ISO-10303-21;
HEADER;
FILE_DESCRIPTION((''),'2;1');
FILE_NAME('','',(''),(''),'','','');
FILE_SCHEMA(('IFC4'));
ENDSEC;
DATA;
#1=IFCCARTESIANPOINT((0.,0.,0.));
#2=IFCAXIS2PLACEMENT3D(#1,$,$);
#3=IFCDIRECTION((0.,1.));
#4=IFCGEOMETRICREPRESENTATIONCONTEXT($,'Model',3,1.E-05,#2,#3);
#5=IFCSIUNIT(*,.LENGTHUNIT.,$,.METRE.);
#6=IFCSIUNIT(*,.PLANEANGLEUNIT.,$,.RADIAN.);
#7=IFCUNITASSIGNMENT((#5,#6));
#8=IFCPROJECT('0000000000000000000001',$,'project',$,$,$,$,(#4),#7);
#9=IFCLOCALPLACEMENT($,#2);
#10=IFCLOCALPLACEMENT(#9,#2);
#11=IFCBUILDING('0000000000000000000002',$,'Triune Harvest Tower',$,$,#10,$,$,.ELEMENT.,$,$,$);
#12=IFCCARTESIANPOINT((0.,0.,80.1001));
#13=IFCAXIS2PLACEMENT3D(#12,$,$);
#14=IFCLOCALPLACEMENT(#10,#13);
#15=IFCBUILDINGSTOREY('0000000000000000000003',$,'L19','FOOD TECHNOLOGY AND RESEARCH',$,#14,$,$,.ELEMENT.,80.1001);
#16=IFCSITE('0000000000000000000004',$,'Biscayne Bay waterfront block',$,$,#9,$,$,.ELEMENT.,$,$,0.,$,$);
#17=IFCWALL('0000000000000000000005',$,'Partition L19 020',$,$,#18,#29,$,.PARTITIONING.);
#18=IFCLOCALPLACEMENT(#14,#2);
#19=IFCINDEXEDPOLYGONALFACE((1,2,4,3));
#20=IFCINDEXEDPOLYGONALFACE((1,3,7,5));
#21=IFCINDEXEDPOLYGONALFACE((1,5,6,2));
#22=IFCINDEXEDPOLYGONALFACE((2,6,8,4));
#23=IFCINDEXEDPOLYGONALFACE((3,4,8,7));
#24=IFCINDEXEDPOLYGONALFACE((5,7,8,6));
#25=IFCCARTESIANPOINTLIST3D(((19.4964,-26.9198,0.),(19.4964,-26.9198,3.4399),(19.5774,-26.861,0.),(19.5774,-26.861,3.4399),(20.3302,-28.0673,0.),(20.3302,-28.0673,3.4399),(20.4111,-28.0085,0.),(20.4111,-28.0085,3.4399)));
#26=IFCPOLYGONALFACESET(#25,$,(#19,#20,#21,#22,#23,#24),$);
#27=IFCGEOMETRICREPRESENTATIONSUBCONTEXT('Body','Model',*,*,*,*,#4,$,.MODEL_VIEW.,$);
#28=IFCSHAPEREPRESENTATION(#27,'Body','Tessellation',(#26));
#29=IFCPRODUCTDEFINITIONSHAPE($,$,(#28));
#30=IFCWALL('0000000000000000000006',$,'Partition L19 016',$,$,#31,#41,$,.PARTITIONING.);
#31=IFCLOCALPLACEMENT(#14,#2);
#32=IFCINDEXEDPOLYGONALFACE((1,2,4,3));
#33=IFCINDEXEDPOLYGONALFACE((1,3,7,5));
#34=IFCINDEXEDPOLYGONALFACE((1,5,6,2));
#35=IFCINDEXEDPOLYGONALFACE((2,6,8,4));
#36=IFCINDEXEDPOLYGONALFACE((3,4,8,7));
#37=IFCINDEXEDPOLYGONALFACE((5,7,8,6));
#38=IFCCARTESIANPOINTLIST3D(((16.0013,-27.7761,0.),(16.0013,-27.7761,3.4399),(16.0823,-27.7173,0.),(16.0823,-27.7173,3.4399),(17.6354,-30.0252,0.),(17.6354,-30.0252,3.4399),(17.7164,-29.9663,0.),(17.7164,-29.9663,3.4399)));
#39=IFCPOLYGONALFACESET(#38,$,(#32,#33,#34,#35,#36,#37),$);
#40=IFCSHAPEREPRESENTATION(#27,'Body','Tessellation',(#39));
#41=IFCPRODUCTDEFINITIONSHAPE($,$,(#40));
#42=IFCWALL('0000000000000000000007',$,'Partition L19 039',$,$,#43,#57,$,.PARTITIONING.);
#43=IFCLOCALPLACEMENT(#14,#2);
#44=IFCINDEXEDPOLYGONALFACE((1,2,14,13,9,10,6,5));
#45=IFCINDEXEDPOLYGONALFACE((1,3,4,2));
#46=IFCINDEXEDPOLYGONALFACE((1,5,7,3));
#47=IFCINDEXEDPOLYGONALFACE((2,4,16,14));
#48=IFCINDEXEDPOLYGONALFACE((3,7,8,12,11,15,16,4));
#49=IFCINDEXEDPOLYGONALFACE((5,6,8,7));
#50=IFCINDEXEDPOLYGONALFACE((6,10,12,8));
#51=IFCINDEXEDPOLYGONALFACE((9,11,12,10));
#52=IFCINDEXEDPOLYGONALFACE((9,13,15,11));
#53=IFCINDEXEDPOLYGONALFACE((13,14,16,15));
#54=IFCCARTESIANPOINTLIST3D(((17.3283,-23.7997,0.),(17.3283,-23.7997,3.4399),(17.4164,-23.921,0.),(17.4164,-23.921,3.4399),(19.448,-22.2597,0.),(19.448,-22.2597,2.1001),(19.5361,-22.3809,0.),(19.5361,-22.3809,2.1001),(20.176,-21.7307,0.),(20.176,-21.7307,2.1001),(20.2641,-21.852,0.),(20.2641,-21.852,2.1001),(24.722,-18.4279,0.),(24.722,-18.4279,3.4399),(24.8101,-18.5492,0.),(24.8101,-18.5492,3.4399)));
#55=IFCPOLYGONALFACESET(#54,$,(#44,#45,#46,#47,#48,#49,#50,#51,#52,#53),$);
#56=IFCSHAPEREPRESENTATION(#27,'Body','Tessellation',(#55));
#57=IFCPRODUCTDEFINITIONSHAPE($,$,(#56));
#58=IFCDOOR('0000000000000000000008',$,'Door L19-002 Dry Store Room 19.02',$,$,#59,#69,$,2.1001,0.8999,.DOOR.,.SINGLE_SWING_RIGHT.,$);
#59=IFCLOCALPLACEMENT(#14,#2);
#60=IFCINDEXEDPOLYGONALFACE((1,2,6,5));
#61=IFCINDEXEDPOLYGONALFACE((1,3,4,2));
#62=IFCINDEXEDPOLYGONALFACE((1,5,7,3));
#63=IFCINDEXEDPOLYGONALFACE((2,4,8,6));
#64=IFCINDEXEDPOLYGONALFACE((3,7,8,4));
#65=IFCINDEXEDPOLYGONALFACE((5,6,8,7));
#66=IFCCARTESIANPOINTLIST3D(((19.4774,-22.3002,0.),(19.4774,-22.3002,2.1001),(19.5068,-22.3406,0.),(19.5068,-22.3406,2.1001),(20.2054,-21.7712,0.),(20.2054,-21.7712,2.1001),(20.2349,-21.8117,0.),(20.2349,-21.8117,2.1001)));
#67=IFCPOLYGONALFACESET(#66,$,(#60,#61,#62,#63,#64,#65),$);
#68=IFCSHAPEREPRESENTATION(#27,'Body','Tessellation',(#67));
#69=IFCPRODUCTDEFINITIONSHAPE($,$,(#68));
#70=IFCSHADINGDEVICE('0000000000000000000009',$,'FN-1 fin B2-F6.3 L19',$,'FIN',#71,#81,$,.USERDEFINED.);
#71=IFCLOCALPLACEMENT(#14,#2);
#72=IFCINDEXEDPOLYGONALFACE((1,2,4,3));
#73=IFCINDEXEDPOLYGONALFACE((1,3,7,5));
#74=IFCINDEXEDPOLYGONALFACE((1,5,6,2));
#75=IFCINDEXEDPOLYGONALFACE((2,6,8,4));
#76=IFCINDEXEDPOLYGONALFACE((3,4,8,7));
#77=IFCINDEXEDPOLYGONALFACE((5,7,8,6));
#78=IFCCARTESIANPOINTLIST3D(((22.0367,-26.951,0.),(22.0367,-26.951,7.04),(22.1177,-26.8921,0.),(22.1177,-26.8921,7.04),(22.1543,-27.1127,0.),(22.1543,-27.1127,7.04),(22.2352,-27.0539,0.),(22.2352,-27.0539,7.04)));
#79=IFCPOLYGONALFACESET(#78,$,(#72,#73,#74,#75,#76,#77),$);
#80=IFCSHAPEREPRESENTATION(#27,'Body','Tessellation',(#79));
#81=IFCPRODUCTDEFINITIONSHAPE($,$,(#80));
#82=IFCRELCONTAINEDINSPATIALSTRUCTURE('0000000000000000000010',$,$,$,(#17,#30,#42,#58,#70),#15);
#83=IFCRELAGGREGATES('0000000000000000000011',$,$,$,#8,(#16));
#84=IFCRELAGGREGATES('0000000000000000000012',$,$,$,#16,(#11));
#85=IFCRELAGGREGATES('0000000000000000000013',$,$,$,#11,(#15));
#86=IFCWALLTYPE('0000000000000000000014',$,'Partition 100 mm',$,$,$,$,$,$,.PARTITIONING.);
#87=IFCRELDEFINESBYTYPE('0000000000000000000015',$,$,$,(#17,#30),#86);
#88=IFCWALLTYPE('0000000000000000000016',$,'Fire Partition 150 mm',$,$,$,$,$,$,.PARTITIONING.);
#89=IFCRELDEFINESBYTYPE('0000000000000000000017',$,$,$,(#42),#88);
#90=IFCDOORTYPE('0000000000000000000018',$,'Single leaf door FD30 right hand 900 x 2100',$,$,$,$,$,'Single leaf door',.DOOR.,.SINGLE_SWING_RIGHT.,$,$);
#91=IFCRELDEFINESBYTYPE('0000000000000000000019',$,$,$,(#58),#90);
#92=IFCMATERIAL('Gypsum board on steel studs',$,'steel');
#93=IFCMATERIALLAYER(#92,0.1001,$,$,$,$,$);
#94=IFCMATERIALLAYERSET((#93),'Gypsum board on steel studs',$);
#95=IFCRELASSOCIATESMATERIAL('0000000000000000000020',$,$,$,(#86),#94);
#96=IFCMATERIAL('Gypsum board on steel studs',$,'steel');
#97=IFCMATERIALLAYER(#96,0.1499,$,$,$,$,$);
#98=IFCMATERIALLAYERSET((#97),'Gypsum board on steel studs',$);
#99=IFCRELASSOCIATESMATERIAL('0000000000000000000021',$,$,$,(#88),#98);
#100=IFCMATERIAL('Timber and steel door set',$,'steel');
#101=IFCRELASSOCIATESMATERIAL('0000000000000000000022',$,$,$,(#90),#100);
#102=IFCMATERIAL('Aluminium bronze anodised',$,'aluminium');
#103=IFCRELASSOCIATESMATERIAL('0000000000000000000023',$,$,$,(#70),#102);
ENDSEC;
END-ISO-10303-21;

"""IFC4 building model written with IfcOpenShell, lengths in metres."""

from ifc_helpers import new_model, si_unit, direction, frame, frame_2d, origin, origin_2d, place, context, subcontext, project, spatial, rectangle, extrude, source, transform, mapped, material, layer, layer_set, type_object, element, fill, save


model = new_model("IFC4")

# Units and contexts
model_context = context("Model", 3, precision=1e-05, world=origin(), true_north=direction((0.0, 1.0)))
body_context = subcontext(model_context, "Body", "Model", "MODEL_VIEW")
ifc_project = project(units=[si_unit("LENGTHUNIT", "METRE"), si_unit("PLANEANGLEUNIT", "RADIAN")], contexts=[model_context])

# Site, building, storey
site_placement = place(None, origin())
site = spatial("IfcSite", under=ifc_project, at=site_placement, Name="Biscayne Bay waterfront block", CompositionType="ELEMENT", RefElevation=0.0)
building_placement = place(site_placement, origin())
building = spatial("IfcBuilding", under=site, at=building_placement, Name="Triune Harvest Tower", CompositionType="ELEMENT")
storey_placement = place(building_placement, frame((0.0, 0.0, 80.1001)))
storey = spatial("IfcBuildingStorey", under=building, at=storey_placement, Name="L19", Description="FOOD TECHNOLOGY AND RESEARCH", CompositionType="ELEMENT", Elevation=80.1001)

# Walls
ifc_material_1 = material(Name="Gypsum board on steel studs", Category="steel")
ifc_layer_1 = layer(ifc_material_1, 0.1001)
ifc_layer_set_1 = layer_set([ifc_layer_1], Name="Gypsum board on steel studs")
wall_type_1 = type_object("IfcWallType", Name="Partition 100 mm", PredefinedType="PARTITIONING", material=ifc_layer_set_1)
shared_shape_1 = source(origin(), body_context, "Body", "SweptSolid", [
    extrude(rectangle(XDim=1.4185, YDim=0.1001, at=frame_2d((0.7092, 0.0))), origin(), (0.0, 0.0, 1.0), 3.4399),
])
wall_1_placement = place(storey_placement, frame((19.5369, -26.8904, 0.0), z_axis=(0.0, 0.0, 1.0), x_axis=(0.587813, -0.808997, 0.0)))
element("IfcWall", 1, at=wall_1_placement, inside=storey, type_object=wall_type_1, Name="Partition L19 020", PredefinedType="PARTITIONING", context=body_context, shape_type="MappedRepresentation", body=[
    mapped(shared_shape_1, transform((0.0, 0.0, 0.0), scale=1.0)),
])
shared_shape_2 = source(origin(), body_context, "Body", "SweptSolid", [
    extrude(rectangle(XDim=2.78, YDim=0.1001, at=frame_2d((1.3901, 0.0))), origin(), (0.0, 0.0, 1.0), 3.4399),
])
wall_2_placement = place(storey_placement, frame((16.0417, -27.7466, 0.0), z_axis=(0.0, 0.0, 1.0), x_axis=(0.58779, -0.809013, 0.0)))
element("IfcWall", 2, at=wall_2_placement, inside=storey, type_object=wall_type_1, Name="Partition L19 016", PredefinedType="PARTITIONING", context=body_context, shape_type="MappedRepresentation", body=[
    mapped(shared_shape_2, transform((0.0, 0.0, 0.0), scale=1.0)),
])

# Wall, opening, door
ifc_material_2 = material(Name="Gypsum board on steel studs", Category="steel")
ifc_layer_2 = layer(ifc_material_2, 0.1499)
ifc_layer_set_2 = layer_set([ifc_layer_2], Name="Gypsum board on steel studs")
wall_type_2 = type_object("IfcWallType", Name="Fire Partition 150 mm", PredefinedType="PARTITIONING", material=ifc_layer_set_2)
shared_shape_3 = source(origin(), body_context, "Body", "SweptSolid", [
    extrude(rectangle(XDim=9.1392, YDim=0.1499, at=frame_2d((4.5696, 0.0))), origin(), (0.0, 0.0, 1.0), 3.4399),
])
wall_3_placement = place(storey_placement, frame((17.3723, -23.8604, 0.0), z_axis=(0.0, 0.0, 1.0), x_axis=(0.809021, 0.587779, 0.0)))
wall_3 = element("IfcWall", 3, at=wall_3_placement, inside=storey, type_object=wall_type_2, Name="Partition L19 039", PredefinedType="PARTITIONING", context=body_context, shape_type="MappedRepresentation", body=[
    mapped(shared_shape_3, transform((0.0, 0.0, 0.0), scale=1.0)),
])
opening_placement = place(wall_3_placement, frame((2.6201, 0.0, 0.0)))
opening = element("IfcOpeningElement", 4, at=opening_placement, cuts=wall_3, PredefinedType="OPENING", context=body_context, shape_type="SweptSolid", body=[
    extrude(rectangle(XDim=0.8999, YDim=2.1001, at=frame_2d((0.45, 1.05))), frame((0.0, 0.085, 0.0), z_axis=(0.0, -1.0, 0.0), x_axis=(1.0, 0.0, 0.0)), (0.0, 0.0, 1.0), 0.1699),
])
ifc_material_3 = material(Name="Timber and steel door set", Category="steel")
door_type = type_object("IfcDoorType", Name="Single leaf door FD30 right hand 900 x 2100", ElementType="Single leaf door", OperationType="SINGLE_SWING_RIGHT", PredefinedType="DOOR", material=ifc_material_3)
door_placement = place(opening_placement, origin())
door = element("IfcDoor", 5, at=door_placement, inside=storey, type_object=door_type, Name="Door L19-002 Dry Store Room 19.02", OperationType="SINGLE_SWING_RIGHT", OverallHeight=2.1001, OverallWidth=0.8999, PredefinedType="DOOR", context=body_context, shape_type="SweptSolid", body=[
    extrude(rectangle(XDim=0.8999, YDim=2.1001, at=frame_2d((0.45, 1.05))), frame((0.0, 0.0249, 0.0), z_axis=(0.0, -1.0, 0.0), x_axis=(1.0, 0.0, 0.0)), (0.0, 0.0, 1.0), 0.05),
])
fill(opening, door)

# Shading device
ifc_material_4 = material(Name="Aluminium bronze anodised", Category="aluminium")
shared_shape_4 = source(origin(), body_context, "Body", "SweptSolid", [
    extrude(rectangle(XDim=0.1001, YDim=0.2, at=origin_2d()), origin(), (0.0, 0.0, 1.0), 7.04),
])
shading_device_placement = place(storey_placement, frame((22.136, -27.0024, 0.0), z_axis=(0.0, 0.0, 1.0), x_axis=(0.809013, 0.58779, 0.0)))
element("IfcShadingDevice", 6, at=shading_device_placement, inside=storey, material=ifc_material_4, Name="FN-1 fin B2-F6.3 L19", ObjectType="FIN", PredefinedType="USERDEFINED", context=body_context, shape_type="MappedRepresentation", body=[
    mapped(shared_shape_4, transform((0.0, 0.0, 0.0), scale=1.0)),
])

save(model, "model.ifc")
